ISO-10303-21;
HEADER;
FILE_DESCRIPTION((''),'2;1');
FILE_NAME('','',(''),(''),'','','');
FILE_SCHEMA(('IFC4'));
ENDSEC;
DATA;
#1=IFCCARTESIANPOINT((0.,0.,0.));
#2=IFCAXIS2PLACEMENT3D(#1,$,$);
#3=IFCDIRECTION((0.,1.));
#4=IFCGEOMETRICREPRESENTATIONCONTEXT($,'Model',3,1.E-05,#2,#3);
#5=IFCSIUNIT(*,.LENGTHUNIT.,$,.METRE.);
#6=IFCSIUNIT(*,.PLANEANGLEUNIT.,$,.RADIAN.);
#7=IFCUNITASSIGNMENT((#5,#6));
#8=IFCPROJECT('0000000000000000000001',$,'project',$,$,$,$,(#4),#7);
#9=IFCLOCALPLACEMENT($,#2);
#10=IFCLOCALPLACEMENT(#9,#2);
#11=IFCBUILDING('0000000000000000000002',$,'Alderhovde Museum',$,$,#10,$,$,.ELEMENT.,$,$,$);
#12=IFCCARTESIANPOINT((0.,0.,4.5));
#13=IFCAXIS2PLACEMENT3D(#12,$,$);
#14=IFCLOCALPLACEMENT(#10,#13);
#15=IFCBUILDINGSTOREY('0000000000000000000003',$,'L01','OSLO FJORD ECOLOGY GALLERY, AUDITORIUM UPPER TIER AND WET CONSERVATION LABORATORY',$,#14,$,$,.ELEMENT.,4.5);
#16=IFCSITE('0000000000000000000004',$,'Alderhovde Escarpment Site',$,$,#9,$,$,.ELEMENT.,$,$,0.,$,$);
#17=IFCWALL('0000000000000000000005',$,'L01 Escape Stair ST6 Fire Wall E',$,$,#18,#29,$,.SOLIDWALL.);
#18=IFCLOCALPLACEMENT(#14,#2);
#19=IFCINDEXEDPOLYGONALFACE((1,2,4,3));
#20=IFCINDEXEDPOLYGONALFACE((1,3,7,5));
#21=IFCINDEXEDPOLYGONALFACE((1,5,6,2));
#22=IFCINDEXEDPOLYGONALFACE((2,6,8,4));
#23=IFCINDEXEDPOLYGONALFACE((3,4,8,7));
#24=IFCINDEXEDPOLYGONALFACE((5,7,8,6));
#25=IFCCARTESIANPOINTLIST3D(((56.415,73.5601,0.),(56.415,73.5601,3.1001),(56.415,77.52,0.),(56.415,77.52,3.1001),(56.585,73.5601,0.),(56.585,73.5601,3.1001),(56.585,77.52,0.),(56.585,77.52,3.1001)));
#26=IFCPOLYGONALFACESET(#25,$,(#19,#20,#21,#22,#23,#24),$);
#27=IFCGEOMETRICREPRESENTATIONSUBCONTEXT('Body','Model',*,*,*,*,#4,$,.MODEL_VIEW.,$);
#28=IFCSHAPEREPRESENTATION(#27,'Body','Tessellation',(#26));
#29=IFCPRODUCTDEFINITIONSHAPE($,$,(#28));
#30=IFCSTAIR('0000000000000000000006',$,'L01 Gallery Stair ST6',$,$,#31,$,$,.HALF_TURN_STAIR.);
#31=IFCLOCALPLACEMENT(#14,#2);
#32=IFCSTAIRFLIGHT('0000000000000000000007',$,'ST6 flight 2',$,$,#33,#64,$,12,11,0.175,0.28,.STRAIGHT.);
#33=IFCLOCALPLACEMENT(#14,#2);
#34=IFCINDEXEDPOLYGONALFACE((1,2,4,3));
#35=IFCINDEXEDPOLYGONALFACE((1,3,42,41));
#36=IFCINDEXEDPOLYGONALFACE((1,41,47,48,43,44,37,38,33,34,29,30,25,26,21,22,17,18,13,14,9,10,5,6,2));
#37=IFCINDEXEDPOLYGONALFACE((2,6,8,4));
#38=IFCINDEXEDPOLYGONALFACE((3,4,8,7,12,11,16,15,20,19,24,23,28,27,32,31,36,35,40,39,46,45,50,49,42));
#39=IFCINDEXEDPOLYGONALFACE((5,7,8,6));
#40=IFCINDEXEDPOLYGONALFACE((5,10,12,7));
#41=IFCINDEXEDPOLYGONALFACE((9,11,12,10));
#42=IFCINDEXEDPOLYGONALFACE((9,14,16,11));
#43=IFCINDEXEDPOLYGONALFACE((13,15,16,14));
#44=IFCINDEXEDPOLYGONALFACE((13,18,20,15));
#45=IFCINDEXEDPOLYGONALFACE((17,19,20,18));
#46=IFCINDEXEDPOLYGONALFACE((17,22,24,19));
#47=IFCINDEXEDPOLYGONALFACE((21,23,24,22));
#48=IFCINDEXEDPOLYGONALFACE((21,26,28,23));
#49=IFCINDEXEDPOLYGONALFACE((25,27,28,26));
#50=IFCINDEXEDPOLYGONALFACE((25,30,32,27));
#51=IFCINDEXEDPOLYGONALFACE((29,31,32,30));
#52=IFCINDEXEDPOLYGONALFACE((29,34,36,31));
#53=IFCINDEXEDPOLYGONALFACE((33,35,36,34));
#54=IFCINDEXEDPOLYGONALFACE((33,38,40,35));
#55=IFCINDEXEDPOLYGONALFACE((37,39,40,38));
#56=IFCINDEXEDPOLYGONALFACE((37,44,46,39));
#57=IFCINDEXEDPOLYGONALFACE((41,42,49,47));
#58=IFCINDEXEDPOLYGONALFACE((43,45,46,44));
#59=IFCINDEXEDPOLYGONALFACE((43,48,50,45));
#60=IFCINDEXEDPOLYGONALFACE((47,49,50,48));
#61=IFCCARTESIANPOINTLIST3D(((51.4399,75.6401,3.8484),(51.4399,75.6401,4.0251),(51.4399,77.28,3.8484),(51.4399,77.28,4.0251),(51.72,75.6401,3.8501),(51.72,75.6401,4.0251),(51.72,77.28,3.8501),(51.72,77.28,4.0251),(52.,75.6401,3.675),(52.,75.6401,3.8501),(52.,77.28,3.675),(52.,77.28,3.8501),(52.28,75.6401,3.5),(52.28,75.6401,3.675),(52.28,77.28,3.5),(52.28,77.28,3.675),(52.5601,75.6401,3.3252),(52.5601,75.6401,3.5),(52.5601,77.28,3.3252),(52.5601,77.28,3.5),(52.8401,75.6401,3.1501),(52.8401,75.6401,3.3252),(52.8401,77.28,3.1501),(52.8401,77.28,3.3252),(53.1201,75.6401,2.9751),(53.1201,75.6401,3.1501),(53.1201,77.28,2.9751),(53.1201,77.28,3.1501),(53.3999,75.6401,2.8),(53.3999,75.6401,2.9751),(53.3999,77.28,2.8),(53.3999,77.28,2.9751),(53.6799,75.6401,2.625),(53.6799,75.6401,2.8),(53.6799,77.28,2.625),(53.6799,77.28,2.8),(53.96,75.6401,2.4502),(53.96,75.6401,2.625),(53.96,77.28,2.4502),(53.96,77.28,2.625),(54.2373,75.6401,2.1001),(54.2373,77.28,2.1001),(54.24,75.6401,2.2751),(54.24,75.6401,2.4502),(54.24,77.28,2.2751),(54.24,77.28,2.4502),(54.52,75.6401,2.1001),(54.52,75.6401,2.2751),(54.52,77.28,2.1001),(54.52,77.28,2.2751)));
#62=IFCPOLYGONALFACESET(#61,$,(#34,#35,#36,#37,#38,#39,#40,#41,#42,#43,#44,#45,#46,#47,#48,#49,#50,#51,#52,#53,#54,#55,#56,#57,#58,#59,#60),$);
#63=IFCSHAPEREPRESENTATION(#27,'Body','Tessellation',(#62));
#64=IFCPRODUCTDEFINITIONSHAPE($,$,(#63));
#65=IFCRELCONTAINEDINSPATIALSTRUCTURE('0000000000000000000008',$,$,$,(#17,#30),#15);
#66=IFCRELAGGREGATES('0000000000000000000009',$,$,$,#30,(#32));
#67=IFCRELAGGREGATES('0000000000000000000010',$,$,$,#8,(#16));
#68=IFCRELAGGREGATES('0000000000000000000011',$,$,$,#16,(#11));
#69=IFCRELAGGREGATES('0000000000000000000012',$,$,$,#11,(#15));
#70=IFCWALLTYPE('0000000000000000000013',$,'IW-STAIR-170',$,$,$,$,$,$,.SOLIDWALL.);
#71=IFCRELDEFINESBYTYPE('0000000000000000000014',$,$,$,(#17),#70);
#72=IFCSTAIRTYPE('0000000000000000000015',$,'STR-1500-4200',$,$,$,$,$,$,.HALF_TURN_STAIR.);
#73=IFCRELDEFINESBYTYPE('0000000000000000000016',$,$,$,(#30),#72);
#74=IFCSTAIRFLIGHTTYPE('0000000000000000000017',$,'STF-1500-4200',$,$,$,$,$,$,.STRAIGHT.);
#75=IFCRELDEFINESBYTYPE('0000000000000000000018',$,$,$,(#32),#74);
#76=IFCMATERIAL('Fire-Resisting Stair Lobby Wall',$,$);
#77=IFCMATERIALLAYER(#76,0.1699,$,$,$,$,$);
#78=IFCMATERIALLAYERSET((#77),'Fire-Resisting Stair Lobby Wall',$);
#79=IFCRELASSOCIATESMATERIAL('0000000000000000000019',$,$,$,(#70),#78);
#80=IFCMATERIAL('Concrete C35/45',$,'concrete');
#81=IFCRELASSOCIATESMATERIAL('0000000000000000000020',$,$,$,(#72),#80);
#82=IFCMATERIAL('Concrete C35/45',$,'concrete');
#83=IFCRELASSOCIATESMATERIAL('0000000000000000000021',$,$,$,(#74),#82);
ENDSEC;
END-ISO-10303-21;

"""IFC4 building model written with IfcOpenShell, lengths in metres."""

from ifc_helpers import new_model, si_unit, direction, frame, frame_2d, origin, place, context, subcontext, project, spatial, polyline, rectangle, outline, extrude, material, layer, layer_set, type_object, element, aggregate, save


model = new_model("IFC4")

# Units and contexts
model_context = context("Model", 3, precision=1e-05, world=origin(), true_north=direction((0.0, 1.0)))
body_context = subcontext(model_context, "Body", "Model", "MODEL_VIEW")
ifc_project = project(units=[si_unit("LENGTHUNIT", "METRE"), si_unit("PLANEANGLEUNIT", "RADIAN")], contexts=[model_context])

# Site, building, storey
site_placement = place(None, origin())
site = spatial("IfcSite", under=ifc_project, at=site_placement, Name="Alderhovde Escarpment Site", CompositionType="ELEMENT", RefElevation=0.0)
building_placement = place(site_placement, origin())
building = spatial("IfcBuilding", under=site, at=building_placement, Name="Alderhovde Museum", CompositionType="ELEMENT")
storey_placement = place(building_placement, frame((0.0, 0.0, 4.5)))
storey = spatial("IfcBuildingStorey", under=building, at=storey_placement, Name="L01", Description="OSLO FJORD ECOLOGY GALLERY, AUDITORIUM UPPER TIER AND WET CONSERVATION LABORATORY", CompositionType="ELEMENT", Elevation=4.5)

# Wall
ifc_material_1 = material(Name="Fire-Resisting Stair Lobby Wall")
ifc_layer_1 = layer(ifc_material_1, 0.1699)
ifc_layer_set_1 = layer_set([ifc_layer_1], Name="Fire-Resisting Stair Lobby Wall")
wall_type_1 = type_object("IfcWallType", Name="IW-STAIR-170", PredefinedType="SOLIDWALL", material=ifc_layer_set_1)
wall_1_placement = place(storey_placement, frame((56.5, 73.5601, 0.0), z_axis=(0.0, 0.0, 1.0), x_axis=(0.0, 1.0, 0.0)))
element("IfcWall", 1, at=wall_1_placement, inside=storey, type_object=wall_type_1, Name="L01 Escape Stair ST6 Fire Wall E", PredefinedType="SOLIDWALL", context=body_context, shape_type="SweptSolid", body=[
    extrude(rectangle(XDim=3.96, YDim=0.1699, at=frame_2d((1.98, 0.0))), origin(), (0.0, 0.0, 1.0), 3.1001),
])

# Stair, stair flight
ifc_material_2 = material(Name="Concrete C35/45", Category="concrete")
stair_type = type_object("IfcStairType", Name="STR-1500-4200", PredefinedType="HALF_TURN_STAIR", material=ifc_material_2)
stair_placement = place(storey_placement, origin())
stair = element("IfcStair", 2, at=stair_placement, inside=storey, type_object=stair_type, Name="L01 Gallery Stair ST6", PredefinedType="HALF_TURN_STAIR")
ifc_material_3 = material(Name="Concrete C35/45", Category="concrete")
stair_flight_type = type_object("IfcStairFlightType", Name="STF-1500-4200", PredefinedType="STRAIGHT", material=ifc_material_3)
stair_flight_placement = place(storey_placement, frame((54.52, 76.46, 2.1001), z_axis=(0.0, 0.0, 1.0), x_axis=(-1.0, 0.0, 0.0)))
stair_flight = element("IfcStairFlight", 3, at=stair_flight_placement, type_object=stair_flight_type, Name="ST6 flight 2", NumberOfRisers=12, NumberOfTreads=11, PredefinedType="STRAIGHT", RiserHeight=0.175, TreadLength=0.28, context=body_context, shape_type="SweptSolid", body=[
    extrude(outline(polyline([(0.0, 0.0), (0.0, 0.175), (0.28, 0.175), (0.28, 0.3501), (0.5601, 0.3501), (0.5601, 0.5249), (0.8401, 0.5249), (0.8401, 0.7), (1.1201, 0.7), (1.1201, 0.875), (1.3999, 0.875), (1.3999, 1.05), (1.6799, 1.05), (1.6799, 1.2251), (1.96, 1.2251), (1.96, 1.3999), (2.24, 1.3999), (2.24, 1.575), (2.52, 1.575), (2.52, 1.75), (2.8, 1.75), (2.8, 1.925), (3.0801, 1.925), (3.0801, 2.1001), (3.0801, 1.7483), (0.2827, 0.0), (0.0, 0.0)])), frame((0.0, 0.8198, 0.0), z_axis=(0.0, -1.0, 0.0), x_axis=(1.0, 0.0, 0.0)), (0.0, 0.0, 1.0), 1.6399),
])
aggregate(stair, [stair_flight])

save(model, "model.ifc")
